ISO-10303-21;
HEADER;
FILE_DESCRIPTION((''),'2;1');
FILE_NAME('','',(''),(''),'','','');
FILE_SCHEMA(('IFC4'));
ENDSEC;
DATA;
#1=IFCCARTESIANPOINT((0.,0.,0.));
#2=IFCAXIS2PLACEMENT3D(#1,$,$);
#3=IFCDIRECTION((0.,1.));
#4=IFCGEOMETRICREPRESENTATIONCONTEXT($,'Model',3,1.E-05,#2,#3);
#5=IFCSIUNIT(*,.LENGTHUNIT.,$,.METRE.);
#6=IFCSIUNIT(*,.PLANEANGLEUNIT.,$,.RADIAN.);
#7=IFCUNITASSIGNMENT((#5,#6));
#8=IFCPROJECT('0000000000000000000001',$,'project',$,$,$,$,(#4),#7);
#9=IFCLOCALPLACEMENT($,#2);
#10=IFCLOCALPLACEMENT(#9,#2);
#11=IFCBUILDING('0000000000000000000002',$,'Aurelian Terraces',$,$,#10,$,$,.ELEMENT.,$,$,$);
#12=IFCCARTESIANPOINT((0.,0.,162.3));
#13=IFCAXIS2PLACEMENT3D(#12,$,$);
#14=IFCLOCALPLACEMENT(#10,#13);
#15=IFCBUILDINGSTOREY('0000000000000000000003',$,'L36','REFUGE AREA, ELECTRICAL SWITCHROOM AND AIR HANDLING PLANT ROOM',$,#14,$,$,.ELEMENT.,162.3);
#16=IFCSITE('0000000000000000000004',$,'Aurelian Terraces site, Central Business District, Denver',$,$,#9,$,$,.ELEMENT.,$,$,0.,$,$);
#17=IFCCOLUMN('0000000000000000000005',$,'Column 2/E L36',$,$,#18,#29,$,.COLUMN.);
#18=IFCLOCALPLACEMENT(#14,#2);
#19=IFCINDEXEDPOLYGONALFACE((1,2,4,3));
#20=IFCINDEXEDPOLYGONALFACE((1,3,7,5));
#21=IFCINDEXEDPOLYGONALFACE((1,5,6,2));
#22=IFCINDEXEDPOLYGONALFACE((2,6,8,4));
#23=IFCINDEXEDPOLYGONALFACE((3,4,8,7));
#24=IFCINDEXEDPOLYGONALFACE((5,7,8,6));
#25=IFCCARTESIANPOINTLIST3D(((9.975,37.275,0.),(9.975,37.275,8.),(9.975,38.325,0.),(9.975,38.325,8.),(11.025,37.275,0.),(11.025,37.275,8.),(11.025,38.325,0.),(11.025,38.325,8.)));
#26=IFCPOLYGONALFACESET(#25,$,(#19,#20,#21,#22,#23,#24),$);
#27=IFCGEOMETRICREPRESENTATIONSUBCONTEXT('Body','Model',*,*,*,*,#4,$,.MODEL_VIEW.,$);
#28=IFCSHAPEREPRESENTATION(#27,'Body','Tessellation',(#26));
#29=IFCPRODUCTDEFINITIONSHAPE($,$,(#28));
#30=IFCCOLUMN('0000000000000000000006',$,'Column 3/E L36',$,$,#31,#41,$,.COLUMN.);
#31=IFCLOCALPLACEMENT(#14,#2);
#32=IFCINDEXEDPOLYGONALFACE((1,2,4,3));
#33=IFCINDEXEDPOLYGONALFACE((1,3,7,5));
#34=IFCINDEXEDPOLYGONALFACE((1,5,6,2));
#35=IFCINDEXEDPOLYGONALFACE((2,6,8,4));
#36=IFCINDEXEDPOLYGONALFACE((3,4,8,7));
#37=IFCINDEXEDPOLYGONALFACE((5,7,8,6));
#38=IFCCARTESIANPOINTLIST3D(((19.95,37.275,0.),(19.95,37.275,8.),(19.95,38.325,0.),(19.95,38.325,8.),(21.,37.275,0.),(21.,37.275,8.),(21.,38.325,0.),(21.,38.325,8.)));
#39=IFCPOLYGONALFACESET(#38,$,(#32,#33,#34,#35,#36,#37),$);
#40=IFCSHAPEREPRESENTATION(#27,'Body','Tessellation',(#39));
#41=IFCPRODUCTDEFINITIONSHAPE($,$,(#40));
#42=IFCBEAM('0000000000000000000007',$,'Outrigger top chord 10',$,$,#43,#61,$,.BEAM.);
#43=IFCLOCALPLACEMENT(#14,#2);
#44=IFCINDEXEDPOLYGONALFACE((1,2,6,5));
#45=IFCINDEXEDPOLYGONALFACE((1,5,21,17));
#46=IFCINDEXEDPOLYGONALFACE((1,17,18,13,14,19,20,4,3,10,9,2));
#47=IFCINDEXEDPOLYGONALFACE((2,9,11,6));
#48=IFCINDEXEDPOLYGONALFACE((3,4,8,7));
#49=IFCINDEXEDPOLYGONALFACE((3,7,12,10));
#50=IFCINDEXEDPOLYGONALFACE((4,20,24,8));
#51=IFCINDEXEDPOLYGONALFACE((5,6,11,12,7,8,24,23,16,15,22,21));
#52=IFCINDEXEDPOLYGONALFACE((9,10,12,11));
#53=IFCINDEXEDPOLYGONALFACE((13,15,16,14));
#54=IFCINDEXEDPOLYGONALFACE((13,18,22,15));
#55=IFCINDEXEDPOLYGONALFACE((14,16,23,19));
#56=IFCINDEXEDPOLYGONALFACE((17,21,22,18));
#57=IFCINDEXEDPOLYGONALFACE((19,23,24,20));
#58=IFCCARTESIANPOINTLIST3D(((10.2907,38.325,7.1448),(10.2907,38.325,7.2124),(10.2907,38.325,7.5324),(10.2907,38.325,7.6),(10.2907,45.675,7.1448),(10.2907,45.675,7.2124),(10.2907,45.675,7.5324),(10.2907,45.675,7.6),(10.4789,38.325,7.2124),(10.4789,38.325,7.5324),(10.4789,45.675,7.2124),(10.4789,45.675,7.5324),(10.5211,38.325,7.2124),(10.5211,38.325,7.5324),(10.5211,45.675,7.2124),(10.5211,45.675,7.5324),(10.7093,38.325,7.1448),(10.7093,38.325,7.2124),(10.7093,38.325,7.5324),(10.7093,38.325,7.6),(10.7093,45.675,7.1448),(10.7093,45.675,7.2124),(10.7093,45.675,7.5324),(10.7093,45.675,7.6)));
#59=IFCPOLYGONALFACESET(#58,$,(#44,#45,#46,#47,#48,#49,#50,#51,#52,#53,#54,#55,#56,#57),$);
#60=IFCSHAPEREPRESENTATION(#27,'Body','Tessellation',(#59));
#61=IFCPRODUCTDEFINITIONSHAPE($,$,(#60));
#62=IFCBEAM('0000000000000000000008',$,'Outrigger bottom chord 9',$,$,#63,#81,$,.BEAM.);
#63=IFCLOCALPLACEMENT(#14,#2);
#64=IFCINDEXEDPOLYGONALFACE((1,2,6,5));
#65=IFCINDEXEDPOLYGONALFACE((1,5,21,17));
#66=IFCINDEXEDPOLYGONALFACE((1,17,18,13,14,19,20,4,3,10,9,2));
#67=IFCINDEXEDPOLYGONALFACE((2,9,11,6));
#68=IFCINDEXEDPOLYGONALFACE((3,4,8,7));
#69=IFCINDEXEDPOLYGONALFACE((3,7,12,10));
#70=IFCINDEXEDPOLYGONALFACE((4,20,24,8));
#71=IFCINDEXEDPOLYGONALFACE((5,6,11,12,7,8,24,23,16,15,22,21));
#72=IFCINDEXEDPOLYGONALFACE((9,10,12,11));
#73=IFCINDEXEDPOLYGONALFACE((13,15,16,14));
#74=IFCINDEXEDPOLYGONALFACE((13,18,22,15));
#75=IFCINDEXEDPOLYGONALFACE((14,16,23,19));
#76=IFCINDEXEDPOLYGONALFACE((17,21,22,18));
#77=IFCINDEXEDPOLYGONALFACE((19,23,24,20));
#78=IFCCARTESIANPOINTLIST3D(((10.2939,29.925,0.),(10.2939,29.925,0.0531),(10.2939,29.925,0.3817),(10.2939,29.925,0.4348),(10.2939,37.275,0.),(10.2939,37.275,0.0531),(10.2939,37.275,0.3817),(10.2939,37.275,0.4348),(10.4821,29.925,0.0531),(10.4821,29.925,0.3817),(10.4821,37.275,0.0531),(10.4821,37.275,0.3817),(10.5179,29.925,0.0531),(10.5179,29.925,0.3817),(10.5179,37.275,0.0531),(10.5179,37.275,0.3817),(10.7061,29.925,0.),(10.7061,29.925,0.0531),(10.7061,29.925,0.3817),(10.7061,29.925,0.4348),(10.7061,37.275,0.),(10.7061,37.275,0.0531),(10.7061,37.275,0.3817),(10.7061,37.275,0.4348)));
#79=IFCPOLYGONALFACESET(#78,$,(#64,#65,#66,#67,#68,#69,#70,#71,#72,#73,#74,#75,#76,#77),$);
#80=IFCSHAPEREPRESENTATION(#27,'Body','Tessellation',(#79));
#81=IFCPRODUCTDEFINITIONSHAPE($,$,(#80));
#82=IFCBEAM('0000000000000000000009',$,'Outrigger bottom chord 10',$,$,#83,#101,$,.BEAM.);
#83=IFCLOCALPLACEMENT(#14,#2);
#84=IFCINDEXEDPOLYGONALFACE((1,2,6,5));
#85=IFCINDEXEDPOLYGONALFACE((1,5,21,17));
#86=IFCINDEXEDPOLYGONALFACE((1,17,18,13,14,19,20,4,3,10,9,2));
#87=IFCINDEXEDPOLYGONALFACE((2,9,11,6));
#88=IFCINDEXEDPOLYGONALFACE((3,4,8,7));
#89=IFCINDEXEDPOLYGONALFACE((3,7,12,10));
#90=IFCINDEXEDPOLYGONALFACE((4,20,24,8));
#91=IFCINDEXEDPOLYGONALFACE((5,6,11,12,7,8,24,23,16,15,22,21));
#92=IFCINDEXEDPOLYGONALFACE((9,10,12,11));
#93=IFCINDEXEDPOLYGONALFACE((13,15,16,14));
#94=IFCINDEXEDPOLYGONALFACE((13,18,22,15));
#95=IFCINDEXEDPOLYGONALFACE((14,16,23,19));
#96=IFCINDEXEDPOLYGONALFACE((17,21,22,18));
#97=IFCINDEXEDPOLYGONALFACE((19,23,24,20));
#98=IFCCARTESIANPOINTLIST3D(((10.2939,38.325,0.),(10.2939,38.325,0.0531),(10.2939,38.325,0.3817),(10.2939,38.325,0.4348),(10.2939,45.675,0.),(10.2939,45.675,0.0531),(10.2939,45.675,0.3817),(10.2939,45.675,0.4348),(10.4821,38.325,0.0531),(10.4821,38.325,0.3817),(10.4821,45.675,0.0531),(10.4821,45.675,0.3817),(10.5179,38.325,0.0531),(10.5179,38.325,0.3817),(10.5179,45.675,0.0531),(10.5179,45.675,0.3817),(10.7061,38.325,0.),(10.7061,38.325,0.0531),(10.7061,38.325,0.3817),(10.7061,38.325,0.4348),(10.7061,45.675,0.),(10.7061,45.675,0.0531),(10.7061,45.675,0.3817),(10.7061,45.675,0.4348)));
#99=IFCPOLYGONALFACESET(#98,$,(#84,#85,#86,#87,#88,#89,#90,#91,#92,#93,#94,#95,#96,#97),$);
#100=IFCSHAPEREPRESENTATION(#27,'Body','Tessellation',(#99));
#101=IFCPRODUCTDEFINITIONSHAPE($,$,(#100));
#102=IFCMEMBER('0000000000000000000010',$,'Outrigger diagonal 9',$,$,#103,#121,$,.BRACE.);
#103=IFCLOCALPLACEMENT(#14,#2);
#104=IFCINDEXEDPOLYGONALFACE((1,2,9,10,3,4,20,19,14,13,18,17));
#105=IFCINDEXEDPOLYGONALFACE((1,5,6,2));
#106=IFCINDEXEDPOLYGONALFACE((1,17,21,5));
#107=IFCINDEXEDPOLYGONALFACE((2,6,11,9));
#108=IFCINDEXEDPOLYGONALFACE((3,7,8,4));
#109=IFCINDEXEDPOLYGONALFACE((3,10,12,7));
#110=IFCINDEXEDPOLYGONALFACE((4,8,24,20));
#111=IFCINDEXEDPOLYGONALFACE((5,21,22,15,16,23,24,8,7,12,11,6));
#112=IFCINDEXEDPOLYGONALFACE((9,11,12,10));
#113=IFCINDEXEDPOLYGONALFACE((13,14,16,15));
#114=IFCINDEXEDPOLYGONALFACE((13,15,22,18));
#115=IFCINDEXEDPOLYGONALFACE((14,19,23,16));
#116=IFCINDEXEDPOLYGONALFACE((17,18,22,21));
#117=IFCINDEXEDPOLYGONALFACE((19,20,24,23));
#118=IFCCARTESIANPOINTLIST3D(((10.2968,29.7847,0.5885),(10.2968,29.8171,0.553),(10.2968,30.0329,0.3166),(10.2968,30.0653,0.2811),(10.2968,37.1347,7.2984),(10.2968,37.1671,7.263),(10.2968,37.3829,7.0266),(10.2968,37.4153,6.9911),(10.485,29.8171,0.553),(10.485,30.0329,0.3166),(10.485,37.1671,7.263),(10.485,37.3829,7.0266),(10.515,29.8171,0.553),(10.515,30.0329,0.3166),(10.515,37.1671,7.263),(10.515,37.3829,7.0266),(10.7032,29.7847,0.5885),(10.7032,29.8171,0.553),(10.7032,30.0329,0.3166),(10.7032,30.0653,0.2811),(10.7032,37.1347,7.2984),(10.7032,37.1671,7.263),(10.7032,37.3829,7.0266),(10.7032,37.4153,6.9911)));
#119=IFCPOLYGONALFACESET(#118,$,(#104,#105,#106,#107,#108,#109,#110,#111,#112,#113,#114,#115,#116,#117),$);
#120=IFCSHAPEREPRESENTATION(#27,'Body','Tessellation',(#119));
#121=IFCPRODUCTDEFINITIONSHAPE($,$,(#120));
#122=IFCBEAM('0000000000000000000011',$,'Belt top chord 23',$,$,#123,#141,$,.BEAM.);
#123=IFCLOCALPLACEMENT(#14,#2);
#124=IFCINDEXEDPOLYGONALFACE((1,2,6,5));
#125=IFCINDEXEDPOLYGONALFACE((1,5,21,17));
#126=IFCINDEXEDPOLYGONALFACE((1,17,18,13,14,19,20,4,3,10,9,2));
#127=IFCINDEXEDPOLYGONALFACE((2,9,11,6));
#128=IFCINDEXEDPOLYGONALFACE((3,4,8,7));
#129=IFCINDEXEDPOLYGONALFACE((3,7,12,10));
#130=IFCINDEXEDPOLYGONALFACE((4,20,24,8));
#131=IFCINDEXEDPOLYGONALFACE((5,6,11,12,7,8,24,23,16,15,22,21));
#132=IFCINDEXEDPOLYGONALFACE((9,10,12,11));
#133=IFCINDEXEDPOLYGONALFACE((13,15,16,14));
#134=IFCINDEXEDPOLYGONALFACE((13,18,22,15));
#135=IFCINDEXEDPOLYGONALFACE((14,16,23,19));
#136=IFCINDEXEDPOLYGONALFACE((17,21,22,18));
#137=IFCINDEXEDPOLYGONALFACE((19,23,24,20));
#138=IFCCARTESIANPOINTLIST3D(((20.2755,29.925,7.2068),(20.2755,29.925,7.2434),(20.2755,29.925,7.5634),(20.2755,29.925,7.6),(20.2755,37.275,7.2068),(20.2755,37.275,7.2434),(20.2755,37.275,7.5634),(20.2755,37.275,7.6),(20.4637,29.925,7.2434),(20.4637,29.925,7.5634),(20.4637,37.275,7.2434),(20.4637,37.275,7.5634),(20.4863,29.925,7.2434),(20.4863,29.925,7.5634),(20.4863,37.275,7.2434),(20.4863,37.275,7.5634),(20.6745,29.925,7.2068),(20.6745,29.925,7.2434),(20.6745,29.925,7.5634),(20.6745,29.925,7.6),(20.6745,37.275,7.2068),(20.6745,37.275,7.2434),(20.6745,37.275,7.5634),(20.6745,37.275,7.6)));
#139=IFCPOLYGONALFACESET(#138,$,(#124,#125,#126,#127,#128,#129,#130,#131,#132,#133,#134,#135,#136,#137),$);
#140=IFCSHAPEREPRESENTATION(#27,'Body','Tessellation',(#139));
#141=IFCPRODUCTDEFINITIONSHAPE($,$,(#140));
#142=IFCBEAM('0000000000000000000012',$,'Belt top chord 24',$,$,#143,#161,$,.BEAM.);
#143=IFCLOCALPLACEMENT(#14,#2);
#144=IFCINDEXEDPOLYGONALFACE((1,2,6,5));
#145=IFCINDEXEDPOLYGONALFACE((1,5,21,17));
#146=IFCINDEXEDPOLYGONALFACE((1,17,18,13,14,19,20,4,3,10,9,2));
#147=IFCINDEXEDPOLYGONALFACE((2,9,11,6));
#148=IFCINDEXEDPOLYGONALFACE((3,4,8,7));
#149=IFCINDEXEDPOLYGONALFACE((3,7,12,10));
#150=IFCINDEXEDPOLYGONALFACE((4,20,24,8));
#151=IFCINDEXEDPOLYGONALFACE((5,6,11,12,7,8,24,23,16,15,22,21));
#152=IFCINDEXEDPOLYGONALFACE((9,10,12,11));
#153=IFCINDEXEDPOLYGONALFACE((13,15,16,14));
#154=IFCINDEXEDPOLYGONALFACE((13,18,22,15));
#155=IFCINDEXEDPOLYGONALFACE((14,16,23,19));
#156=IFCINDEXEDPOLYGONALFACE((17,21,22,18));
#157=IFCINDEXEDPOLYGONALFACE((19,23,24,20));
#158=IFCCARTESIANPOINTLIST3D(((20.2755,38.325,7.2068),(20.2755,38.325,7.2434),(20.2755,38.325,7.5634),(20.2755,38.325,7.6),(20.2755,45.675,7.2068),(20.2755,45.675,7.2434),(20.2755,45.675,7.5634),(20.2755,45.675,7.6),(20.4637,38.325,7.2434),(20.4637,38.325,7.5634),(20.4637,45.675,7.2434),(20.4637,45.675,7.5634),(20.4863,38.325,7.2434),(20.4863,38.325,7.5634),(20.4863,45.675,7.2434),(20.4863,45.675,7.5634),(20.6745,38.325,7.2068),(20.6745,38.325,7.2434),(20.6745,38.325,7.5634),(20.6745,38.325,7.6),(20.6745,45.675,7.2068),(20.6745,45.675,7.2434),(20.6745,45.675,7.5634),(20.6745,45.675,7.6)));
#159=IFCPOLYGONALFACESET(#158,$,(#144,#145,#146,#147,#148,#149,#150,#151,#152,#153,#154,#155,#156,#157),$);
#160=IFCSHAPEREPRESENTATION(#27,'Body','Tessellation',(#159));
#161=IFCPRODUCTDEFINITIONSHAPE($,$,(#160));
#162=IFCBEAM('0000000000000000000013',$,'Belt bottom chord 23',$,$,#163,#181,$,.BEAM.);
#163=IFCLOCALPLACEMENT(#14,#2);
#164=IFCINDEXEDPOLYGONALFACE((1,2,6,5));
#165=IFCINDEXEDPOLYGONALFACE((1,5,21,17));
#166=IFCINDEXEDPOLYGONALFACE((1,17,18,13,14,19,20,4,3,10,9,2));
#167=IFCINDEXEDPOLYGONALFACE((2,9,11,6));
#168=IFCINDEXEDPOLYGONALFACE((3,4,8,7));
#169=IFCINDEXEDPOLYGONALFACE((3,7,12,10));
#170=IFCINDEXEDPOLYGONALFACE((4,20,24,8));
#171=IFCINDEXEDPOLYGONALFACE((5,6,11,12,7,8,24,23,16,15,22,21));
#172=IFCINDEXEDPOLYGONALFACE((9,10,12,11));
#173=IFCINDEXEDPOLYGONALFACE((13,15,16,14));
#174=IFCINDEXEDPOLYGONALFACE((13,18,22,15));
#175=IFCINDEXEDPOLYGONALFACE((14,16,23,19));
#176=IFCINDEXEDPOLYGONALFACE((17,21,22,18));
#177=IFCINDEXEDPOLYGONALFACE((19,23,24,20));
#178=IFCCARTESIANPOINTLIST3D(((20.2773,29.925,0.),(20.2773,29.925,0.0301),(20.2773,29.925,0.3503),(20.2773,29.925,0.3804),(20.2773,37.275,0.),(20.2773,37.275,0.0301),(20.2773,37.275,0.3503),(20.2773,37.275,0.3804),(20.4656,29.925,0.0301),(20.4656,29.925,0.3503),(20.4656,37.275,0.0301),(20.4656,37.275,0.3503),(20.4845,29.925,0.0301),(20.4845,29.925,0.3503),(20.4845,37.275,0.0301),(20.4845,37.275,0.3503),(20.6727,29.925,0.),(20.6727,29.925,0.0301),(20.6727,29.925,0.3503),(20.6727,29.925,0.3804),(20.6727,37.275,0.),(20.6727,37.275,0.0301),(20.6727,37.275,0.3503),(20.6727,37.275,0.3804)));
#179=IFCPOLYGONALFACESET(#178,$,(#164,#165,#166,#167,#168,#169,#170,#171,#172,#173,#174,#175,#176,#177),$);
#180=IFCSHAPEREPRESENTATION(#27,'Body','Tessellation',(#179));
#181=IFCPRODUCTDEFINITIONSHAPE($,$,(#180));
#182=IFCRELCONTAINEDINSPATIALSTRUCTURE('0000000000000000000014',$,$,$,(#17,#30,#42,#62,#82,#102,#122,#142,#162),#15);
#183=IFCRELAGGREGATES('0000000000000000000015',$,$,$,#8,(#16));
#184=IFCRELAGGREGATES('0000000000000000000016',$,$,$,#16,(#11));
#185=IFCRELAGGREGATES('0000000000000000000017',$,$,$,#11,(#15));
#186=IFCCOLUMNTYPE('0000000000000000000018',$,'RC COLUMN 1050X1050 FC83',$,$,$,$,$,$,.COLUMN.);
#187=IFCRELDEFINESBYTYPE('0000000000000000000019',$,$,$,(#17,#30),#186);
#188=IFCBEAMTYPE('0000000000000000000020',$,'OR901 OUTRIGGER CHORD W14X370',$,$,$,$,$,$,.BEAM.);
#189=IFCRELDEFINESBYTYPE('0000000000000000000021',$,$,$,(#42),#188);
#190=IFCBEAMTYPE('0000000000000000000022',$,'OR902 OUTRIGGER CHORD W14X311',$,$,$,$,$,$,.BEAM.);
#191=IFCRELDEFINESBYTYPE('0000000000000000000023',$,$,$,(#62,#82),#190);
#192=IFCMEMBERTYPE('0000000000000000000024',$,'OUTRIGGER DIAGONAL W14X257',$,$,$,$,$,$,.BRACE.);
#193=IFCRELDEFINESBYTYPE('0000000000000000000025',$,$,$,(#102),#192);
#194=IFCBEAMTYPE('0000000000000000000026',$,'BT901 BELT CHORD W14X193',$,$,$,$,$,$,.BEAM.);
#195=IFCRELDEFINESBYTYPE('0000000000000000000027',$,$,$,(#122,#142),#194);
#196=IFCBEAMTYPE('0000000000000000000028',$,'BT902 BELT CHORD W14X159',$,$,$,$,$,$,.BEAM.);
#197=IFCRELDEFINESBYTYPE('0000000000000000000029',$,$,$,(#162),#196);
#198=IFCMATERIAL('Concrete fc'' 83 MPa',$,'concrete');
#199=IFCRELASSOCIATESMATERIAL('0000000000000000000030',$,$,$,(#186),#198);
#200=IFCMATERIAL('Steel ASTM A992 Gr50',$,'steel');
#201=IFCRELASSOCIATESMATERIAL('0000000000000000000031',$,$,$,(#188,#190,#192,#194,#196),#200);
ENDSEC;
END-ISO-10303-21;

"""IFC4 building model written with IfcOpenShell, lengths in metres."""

from ifc_helpers import new_model, si_unit, direction, frame, origin, origin_2d, place, context, subcontext, project, spatial, rectangle, i_section, extrude, source, transform, mapped, material, material_profile, profile_set, type_object, element, save


model = new_model("IFC4")

# Units and contexts
model_context = context("Model", 3, precision=1e-05, world=origin(), true_north=direction((0.0, 1.0)))
body_context = subcontext(model_context, "Body", "Model", "MODEL_VIEW")
ifc_project = project(units=[si_unit("LENGTHUNIT", "METRE"), si_unit("PLANEANGLEUNIT", "RADIAN")], contexts=[model_context])

# Site, building, storey
site_placement = place(None, origin())
site = spatial("IfcSite", under=ifc_project, at=site_placement, Name="Aurelian Terraces site, Central Business District, Denver", CompositionType="ELEMENT", RefElevation=0.0)
building_placement = place(site_placement, origin())
building = spatial("IfcBuilding", under=site, at=building_placement, Name="Aurelian Terraces", CompositionType="ELEMENT")
storey_placement = place(building_placement, frame((0.0, 0.0, 162.3)))
storey = spatial("IfcBuildingStorey", under=building, at=storey_placement, Name="L36", Description="REFUGE AREA, ELECTRICAL SWITCHROOM AND AIR HANDLING PLANT ROOM", CompositionType="ELEMENT", Elevation=162.3)

# Columns
ifc_material_1 = material(Name="Concrete fc' 83 MPa", Category="concrete")
ifc_material_profile_1 = material_profile(ifc_material_1, rectangle(XDim=1.05, YDim=1.05, at=origin_2d()))
ifc_profile_set_1 = profile_set([ifc_material_profile_1], Name="Concrete fc' 83 MPa")
column_type = type_object("IfcColumnType", Name="RC COLUMN 1050X1050 FC83", PredefinedType="COLUMN", material=ifc_profile_set_1)
shared_shape_1 = source(origin(), body_context, "Body", "SweptSolid", [
    extrude(rectangle(XDim=1.05, YDim=1.05, at=origin_2d()), origin(), (0.0, 0.0, 1.0), 8.0),
])
for number, where, z_axis, x_axis, name in (
    (1, (10.5, 37.8, 0.0), (0.0, 0.0, 1.0), (1.0, 0.0, 0.0), "Column 2/E L36"),
    (2, (20.475, 37.8, 0.0), (0.0, 0.0, 1.0), (1.0, 0.0, 0.0), "Column 3/E L36"),
):
    element("IfcColumn", number, at=place(storey_placement, frame(where, z_axis=z_axis, x_axis=x_axis)), inside=storey, type_object=column_type, Name=name, PredefinedType="COLUMN", context=body_context, shape_type="MappedRepresentation", body=[
        mapped(shared_shape_1, transform((0.0, 0.0, 0.0), scale=1.0)),
    ])

# Beams
ifc_material_2 = material(Name="Steel ASTM A992 Gr50", Category="steel")
ifc_material_profile_2 = material_profile(ifc_material_2, i_section(OverallWidth=0.4185, OverallDepth=0.4552, WebThickness=0.0422, FlangeThickness=0.0676, at=origin_2d()))
ifc_profile_set_2 = profile_set([ifc_material_profile_2], Name="Steel ASTM A992 Gr50")
beam_type_1 = type_object("IfcBeamType", Name="OR901 OUTRIGGER CHORD W14X370", PredefinedType="BEAM", material=ifc_profile_set_2)
shared_shape_2 = source(origin(), body_context, "Body", "SweptSolid", [
    extrude(i_section(OverallWidth=0.4185, OverallDepth=0.4552, WebThickness=0.0422, FlangeThickness=0.0676, at=origin_2d()), origin(), (0.0, 0.0, 1.0), 7.35),
])
beam_1_placement = place(storey_placement, frame((10.5, 38.325, 7.3724), z_axis=(0.0, 1.0, 0.0), x_axis=(-1.0, 0.0, 0.0)))
element("IfcBeam", 3, at=beam_1_placement, inside=storey, type_object=beam_type_1, Name="Outrigger top chord 10", PredefinedType="BEAM", context=body_context, shape_type="MappedRepresentation", body=[
    mapped(shared_shape_2, transform((0.0, 0.0, 0.0), scale=1.0)),
])
ifc_material_profile_3 = material_profile(ifc_material_2, i_section(OverallWidth=0.4122, OverallDepth=0.4348, WebThickness=0.0358, FlangeThickness=0.0531, at=origin_2d()))
ifc_profile_set_3 = profile_set([ifc_material_profile_3], Name="Steel ASTM A992 Gr50")
beam_type_2 = type_object("IfcBeamType", Name="OR902 OUTRIGGER CHORD W14X311", PredefinedType="BEAM", material=ifc_profile_set_3)
shared_shape_3 = source(origin(), body_context, "Body", "SweptSolid", [
    extrude(i_section(OverallWidth=0.4122, OverallDepth=0.4348, WebThickness=0.0358, FlangeThickness=0.0531, at=origin_2d()), origin(), (0.0, 0.0, 1.0), 7.35),
])
for number, where, z_axis, x_axis, name in (
    (4, (10.5, 29.925, 0.2174), (0.0, 1.0, 0.0), (-1.0, 0.0, 0.0), "Outrigger bottom chord 9"),
    (5, (10.5, 38.325, 0.2174), (0.0, 1.0, 0.0), (-1.0, 0.0, 0.0), "Outrigger bottom chord 10"),
):
    element("IfcBeam", number, at=place(storey_placement, frame(where, z_axis=z_axis, x_axis=x_axis)), inside=storey, type_object=beam_type_2, Name=name, PredefinedType="BEAM", context=body_context, shape_type="MappedRepresentation", body=[
        mapped(shared_shape_3, transform((0.0, 0.0, 0.0), scale=1.0)),
    ])

# Member
ifc_material_profile_4 = material_profile(ifc_material_2, i_section(OverallWidth=0.4063, OverallDepth=0.4161, WebThickness=0.03, FlangeThickness=0.048, at=origin_2d()))
ifc_profile_set_4 = profile_set([ifc_material_profile_4], Name="Steel ASTM A992 Gr50")
member_type_1 = type_object("IfcMemberType", Name="OUTRIGGER DIAGONAL W14X257", PredefinedType="BRACE", material=ifc_profile_set_4)
shared_shape_4 = source(origin(), body_context, "Body", "SweptSolid", [
    extrude(i_section(OverallWidth=0.4063, OverallDepth=0.4161, WebThickness=0.03, FlangeThickness=0.048, at=origin_2d()), origin(), (0.0, 0.0, 1.0), 9.9522),
])
member_1_placement = place(storey_placement, frame((10.5, 29.925, 0.4348), z_axis=(0.0, 0.738529, 0.674222), x_axis=(-1.0, 0.0, 0.0)))
element("IfcMember", 6, at=member_1_placement, inside=storey, type_object=member_type_1, Name="Outrigger diagonal 9", PredefinedType="BRACE", context=body_context, shape_type="MappedRepresentation", body=[
    mapped(shared_shape_4, transform((0.0, 0.0, 0.0), scale=1.0)),
])

# Beams
ifc_material_profile_5 = material_profile(ifc_material_2, i_section(OverallWidth=0.399, OverallDepth=0.3932, WebThickness=0.0226, FlangeThickness=0.0366, at=origin_2d()))
ifc_profile_set_5 = profile_set([ifc_material_profile_5], Name="Steel ASTM A992 Gr50")
beam_type_3 = type_object("IfcBeamType", Name="BT901 BELT CHORD W14X193", PredefinedType="BEAM", material=ifc_profile_set_5)
shared_shape_5 = source(origin(), body_context, "Body", "SweptSolid", [
    extrude(i_section(OverallWidth=0.399, OverallDepth=0.3932, WebThickness=0.0226, FlangeThickness=0.0366, at=origin_2d()), origin(), (0.0, 0.0, 1.0), 7.35),
])
for number, where, z_axis, x_axis, name in (
    (7, (20.475, 29.925, 7.4034), (0.0, 1.0, 0.0), (-1.0, 0.0, 0.0), "Belt top chord 23"),
    (8, (20.475, 38.325, 7.4034), (0.0, 1.0, 0.0), (-1.0, 0.0, 0.0), "Belt top chord 24"),
):
    element("IfcBeam", number, at=place(storey_placement, frame(where, z_axis=z_axis, x_axis=x_axis)), inside=storey, type_object=beam_type_3, Name=name, PredefinedType="BEAM", context=body_context, shape_type="MappedRepresentation", body=[
        mapped(shared_shape_5, transform((0.0, 0.0, 0.0), scale=1.0)),
    ])
ifc_material_profile_6 = material_profile(ifc_material_2, i_section(OverallWidth=0.3954, OverallDepth=0.3805, WebThickness=0.0189, FlangeThickness=0.0302, at=origin_2d()))
ifc_profile_set_6 = profile_set([ifc_material_profile_6], Name="Steel ASTM A992 Gr50")
beam_type_4 = type_object("IfcBeamType", Name="BT902 BELT CHORD W14X159", PredefinedType="BEAM", material=ifc_profile_set_6)
shared_shape_6 = source(origin(), body_context, "Body", "SweptSolid", [
    extrude(i_section(OverallWidth=0.3954, OverallDepth=0.3805, WebThickness=0.0189, FlangeThickness=0.0302, at=origin_2d()), origin(), (0.0, 0.0, 1.0), 7.35),
])
beam_2_placement = place(storey_placement, frame((20.475, 29.925, 0.1902), z_axis=(0.0, 1.0, 0.0), x_axis=(-1.0, 0.0, 0.0)))
element("IfcBeam", 9, at=beam_2_placement, inside=storey, type_object=beam_type_4, Name="Belt bottom chord 23", PredefinedType="BEAM", context=body_context, shape_type="MappedRepresentation", body=[
    mapped(shared_shape_6, transform((0.0, 0.0, 0.0), scale=1.0)),
])

save(model, "model.ifc")
